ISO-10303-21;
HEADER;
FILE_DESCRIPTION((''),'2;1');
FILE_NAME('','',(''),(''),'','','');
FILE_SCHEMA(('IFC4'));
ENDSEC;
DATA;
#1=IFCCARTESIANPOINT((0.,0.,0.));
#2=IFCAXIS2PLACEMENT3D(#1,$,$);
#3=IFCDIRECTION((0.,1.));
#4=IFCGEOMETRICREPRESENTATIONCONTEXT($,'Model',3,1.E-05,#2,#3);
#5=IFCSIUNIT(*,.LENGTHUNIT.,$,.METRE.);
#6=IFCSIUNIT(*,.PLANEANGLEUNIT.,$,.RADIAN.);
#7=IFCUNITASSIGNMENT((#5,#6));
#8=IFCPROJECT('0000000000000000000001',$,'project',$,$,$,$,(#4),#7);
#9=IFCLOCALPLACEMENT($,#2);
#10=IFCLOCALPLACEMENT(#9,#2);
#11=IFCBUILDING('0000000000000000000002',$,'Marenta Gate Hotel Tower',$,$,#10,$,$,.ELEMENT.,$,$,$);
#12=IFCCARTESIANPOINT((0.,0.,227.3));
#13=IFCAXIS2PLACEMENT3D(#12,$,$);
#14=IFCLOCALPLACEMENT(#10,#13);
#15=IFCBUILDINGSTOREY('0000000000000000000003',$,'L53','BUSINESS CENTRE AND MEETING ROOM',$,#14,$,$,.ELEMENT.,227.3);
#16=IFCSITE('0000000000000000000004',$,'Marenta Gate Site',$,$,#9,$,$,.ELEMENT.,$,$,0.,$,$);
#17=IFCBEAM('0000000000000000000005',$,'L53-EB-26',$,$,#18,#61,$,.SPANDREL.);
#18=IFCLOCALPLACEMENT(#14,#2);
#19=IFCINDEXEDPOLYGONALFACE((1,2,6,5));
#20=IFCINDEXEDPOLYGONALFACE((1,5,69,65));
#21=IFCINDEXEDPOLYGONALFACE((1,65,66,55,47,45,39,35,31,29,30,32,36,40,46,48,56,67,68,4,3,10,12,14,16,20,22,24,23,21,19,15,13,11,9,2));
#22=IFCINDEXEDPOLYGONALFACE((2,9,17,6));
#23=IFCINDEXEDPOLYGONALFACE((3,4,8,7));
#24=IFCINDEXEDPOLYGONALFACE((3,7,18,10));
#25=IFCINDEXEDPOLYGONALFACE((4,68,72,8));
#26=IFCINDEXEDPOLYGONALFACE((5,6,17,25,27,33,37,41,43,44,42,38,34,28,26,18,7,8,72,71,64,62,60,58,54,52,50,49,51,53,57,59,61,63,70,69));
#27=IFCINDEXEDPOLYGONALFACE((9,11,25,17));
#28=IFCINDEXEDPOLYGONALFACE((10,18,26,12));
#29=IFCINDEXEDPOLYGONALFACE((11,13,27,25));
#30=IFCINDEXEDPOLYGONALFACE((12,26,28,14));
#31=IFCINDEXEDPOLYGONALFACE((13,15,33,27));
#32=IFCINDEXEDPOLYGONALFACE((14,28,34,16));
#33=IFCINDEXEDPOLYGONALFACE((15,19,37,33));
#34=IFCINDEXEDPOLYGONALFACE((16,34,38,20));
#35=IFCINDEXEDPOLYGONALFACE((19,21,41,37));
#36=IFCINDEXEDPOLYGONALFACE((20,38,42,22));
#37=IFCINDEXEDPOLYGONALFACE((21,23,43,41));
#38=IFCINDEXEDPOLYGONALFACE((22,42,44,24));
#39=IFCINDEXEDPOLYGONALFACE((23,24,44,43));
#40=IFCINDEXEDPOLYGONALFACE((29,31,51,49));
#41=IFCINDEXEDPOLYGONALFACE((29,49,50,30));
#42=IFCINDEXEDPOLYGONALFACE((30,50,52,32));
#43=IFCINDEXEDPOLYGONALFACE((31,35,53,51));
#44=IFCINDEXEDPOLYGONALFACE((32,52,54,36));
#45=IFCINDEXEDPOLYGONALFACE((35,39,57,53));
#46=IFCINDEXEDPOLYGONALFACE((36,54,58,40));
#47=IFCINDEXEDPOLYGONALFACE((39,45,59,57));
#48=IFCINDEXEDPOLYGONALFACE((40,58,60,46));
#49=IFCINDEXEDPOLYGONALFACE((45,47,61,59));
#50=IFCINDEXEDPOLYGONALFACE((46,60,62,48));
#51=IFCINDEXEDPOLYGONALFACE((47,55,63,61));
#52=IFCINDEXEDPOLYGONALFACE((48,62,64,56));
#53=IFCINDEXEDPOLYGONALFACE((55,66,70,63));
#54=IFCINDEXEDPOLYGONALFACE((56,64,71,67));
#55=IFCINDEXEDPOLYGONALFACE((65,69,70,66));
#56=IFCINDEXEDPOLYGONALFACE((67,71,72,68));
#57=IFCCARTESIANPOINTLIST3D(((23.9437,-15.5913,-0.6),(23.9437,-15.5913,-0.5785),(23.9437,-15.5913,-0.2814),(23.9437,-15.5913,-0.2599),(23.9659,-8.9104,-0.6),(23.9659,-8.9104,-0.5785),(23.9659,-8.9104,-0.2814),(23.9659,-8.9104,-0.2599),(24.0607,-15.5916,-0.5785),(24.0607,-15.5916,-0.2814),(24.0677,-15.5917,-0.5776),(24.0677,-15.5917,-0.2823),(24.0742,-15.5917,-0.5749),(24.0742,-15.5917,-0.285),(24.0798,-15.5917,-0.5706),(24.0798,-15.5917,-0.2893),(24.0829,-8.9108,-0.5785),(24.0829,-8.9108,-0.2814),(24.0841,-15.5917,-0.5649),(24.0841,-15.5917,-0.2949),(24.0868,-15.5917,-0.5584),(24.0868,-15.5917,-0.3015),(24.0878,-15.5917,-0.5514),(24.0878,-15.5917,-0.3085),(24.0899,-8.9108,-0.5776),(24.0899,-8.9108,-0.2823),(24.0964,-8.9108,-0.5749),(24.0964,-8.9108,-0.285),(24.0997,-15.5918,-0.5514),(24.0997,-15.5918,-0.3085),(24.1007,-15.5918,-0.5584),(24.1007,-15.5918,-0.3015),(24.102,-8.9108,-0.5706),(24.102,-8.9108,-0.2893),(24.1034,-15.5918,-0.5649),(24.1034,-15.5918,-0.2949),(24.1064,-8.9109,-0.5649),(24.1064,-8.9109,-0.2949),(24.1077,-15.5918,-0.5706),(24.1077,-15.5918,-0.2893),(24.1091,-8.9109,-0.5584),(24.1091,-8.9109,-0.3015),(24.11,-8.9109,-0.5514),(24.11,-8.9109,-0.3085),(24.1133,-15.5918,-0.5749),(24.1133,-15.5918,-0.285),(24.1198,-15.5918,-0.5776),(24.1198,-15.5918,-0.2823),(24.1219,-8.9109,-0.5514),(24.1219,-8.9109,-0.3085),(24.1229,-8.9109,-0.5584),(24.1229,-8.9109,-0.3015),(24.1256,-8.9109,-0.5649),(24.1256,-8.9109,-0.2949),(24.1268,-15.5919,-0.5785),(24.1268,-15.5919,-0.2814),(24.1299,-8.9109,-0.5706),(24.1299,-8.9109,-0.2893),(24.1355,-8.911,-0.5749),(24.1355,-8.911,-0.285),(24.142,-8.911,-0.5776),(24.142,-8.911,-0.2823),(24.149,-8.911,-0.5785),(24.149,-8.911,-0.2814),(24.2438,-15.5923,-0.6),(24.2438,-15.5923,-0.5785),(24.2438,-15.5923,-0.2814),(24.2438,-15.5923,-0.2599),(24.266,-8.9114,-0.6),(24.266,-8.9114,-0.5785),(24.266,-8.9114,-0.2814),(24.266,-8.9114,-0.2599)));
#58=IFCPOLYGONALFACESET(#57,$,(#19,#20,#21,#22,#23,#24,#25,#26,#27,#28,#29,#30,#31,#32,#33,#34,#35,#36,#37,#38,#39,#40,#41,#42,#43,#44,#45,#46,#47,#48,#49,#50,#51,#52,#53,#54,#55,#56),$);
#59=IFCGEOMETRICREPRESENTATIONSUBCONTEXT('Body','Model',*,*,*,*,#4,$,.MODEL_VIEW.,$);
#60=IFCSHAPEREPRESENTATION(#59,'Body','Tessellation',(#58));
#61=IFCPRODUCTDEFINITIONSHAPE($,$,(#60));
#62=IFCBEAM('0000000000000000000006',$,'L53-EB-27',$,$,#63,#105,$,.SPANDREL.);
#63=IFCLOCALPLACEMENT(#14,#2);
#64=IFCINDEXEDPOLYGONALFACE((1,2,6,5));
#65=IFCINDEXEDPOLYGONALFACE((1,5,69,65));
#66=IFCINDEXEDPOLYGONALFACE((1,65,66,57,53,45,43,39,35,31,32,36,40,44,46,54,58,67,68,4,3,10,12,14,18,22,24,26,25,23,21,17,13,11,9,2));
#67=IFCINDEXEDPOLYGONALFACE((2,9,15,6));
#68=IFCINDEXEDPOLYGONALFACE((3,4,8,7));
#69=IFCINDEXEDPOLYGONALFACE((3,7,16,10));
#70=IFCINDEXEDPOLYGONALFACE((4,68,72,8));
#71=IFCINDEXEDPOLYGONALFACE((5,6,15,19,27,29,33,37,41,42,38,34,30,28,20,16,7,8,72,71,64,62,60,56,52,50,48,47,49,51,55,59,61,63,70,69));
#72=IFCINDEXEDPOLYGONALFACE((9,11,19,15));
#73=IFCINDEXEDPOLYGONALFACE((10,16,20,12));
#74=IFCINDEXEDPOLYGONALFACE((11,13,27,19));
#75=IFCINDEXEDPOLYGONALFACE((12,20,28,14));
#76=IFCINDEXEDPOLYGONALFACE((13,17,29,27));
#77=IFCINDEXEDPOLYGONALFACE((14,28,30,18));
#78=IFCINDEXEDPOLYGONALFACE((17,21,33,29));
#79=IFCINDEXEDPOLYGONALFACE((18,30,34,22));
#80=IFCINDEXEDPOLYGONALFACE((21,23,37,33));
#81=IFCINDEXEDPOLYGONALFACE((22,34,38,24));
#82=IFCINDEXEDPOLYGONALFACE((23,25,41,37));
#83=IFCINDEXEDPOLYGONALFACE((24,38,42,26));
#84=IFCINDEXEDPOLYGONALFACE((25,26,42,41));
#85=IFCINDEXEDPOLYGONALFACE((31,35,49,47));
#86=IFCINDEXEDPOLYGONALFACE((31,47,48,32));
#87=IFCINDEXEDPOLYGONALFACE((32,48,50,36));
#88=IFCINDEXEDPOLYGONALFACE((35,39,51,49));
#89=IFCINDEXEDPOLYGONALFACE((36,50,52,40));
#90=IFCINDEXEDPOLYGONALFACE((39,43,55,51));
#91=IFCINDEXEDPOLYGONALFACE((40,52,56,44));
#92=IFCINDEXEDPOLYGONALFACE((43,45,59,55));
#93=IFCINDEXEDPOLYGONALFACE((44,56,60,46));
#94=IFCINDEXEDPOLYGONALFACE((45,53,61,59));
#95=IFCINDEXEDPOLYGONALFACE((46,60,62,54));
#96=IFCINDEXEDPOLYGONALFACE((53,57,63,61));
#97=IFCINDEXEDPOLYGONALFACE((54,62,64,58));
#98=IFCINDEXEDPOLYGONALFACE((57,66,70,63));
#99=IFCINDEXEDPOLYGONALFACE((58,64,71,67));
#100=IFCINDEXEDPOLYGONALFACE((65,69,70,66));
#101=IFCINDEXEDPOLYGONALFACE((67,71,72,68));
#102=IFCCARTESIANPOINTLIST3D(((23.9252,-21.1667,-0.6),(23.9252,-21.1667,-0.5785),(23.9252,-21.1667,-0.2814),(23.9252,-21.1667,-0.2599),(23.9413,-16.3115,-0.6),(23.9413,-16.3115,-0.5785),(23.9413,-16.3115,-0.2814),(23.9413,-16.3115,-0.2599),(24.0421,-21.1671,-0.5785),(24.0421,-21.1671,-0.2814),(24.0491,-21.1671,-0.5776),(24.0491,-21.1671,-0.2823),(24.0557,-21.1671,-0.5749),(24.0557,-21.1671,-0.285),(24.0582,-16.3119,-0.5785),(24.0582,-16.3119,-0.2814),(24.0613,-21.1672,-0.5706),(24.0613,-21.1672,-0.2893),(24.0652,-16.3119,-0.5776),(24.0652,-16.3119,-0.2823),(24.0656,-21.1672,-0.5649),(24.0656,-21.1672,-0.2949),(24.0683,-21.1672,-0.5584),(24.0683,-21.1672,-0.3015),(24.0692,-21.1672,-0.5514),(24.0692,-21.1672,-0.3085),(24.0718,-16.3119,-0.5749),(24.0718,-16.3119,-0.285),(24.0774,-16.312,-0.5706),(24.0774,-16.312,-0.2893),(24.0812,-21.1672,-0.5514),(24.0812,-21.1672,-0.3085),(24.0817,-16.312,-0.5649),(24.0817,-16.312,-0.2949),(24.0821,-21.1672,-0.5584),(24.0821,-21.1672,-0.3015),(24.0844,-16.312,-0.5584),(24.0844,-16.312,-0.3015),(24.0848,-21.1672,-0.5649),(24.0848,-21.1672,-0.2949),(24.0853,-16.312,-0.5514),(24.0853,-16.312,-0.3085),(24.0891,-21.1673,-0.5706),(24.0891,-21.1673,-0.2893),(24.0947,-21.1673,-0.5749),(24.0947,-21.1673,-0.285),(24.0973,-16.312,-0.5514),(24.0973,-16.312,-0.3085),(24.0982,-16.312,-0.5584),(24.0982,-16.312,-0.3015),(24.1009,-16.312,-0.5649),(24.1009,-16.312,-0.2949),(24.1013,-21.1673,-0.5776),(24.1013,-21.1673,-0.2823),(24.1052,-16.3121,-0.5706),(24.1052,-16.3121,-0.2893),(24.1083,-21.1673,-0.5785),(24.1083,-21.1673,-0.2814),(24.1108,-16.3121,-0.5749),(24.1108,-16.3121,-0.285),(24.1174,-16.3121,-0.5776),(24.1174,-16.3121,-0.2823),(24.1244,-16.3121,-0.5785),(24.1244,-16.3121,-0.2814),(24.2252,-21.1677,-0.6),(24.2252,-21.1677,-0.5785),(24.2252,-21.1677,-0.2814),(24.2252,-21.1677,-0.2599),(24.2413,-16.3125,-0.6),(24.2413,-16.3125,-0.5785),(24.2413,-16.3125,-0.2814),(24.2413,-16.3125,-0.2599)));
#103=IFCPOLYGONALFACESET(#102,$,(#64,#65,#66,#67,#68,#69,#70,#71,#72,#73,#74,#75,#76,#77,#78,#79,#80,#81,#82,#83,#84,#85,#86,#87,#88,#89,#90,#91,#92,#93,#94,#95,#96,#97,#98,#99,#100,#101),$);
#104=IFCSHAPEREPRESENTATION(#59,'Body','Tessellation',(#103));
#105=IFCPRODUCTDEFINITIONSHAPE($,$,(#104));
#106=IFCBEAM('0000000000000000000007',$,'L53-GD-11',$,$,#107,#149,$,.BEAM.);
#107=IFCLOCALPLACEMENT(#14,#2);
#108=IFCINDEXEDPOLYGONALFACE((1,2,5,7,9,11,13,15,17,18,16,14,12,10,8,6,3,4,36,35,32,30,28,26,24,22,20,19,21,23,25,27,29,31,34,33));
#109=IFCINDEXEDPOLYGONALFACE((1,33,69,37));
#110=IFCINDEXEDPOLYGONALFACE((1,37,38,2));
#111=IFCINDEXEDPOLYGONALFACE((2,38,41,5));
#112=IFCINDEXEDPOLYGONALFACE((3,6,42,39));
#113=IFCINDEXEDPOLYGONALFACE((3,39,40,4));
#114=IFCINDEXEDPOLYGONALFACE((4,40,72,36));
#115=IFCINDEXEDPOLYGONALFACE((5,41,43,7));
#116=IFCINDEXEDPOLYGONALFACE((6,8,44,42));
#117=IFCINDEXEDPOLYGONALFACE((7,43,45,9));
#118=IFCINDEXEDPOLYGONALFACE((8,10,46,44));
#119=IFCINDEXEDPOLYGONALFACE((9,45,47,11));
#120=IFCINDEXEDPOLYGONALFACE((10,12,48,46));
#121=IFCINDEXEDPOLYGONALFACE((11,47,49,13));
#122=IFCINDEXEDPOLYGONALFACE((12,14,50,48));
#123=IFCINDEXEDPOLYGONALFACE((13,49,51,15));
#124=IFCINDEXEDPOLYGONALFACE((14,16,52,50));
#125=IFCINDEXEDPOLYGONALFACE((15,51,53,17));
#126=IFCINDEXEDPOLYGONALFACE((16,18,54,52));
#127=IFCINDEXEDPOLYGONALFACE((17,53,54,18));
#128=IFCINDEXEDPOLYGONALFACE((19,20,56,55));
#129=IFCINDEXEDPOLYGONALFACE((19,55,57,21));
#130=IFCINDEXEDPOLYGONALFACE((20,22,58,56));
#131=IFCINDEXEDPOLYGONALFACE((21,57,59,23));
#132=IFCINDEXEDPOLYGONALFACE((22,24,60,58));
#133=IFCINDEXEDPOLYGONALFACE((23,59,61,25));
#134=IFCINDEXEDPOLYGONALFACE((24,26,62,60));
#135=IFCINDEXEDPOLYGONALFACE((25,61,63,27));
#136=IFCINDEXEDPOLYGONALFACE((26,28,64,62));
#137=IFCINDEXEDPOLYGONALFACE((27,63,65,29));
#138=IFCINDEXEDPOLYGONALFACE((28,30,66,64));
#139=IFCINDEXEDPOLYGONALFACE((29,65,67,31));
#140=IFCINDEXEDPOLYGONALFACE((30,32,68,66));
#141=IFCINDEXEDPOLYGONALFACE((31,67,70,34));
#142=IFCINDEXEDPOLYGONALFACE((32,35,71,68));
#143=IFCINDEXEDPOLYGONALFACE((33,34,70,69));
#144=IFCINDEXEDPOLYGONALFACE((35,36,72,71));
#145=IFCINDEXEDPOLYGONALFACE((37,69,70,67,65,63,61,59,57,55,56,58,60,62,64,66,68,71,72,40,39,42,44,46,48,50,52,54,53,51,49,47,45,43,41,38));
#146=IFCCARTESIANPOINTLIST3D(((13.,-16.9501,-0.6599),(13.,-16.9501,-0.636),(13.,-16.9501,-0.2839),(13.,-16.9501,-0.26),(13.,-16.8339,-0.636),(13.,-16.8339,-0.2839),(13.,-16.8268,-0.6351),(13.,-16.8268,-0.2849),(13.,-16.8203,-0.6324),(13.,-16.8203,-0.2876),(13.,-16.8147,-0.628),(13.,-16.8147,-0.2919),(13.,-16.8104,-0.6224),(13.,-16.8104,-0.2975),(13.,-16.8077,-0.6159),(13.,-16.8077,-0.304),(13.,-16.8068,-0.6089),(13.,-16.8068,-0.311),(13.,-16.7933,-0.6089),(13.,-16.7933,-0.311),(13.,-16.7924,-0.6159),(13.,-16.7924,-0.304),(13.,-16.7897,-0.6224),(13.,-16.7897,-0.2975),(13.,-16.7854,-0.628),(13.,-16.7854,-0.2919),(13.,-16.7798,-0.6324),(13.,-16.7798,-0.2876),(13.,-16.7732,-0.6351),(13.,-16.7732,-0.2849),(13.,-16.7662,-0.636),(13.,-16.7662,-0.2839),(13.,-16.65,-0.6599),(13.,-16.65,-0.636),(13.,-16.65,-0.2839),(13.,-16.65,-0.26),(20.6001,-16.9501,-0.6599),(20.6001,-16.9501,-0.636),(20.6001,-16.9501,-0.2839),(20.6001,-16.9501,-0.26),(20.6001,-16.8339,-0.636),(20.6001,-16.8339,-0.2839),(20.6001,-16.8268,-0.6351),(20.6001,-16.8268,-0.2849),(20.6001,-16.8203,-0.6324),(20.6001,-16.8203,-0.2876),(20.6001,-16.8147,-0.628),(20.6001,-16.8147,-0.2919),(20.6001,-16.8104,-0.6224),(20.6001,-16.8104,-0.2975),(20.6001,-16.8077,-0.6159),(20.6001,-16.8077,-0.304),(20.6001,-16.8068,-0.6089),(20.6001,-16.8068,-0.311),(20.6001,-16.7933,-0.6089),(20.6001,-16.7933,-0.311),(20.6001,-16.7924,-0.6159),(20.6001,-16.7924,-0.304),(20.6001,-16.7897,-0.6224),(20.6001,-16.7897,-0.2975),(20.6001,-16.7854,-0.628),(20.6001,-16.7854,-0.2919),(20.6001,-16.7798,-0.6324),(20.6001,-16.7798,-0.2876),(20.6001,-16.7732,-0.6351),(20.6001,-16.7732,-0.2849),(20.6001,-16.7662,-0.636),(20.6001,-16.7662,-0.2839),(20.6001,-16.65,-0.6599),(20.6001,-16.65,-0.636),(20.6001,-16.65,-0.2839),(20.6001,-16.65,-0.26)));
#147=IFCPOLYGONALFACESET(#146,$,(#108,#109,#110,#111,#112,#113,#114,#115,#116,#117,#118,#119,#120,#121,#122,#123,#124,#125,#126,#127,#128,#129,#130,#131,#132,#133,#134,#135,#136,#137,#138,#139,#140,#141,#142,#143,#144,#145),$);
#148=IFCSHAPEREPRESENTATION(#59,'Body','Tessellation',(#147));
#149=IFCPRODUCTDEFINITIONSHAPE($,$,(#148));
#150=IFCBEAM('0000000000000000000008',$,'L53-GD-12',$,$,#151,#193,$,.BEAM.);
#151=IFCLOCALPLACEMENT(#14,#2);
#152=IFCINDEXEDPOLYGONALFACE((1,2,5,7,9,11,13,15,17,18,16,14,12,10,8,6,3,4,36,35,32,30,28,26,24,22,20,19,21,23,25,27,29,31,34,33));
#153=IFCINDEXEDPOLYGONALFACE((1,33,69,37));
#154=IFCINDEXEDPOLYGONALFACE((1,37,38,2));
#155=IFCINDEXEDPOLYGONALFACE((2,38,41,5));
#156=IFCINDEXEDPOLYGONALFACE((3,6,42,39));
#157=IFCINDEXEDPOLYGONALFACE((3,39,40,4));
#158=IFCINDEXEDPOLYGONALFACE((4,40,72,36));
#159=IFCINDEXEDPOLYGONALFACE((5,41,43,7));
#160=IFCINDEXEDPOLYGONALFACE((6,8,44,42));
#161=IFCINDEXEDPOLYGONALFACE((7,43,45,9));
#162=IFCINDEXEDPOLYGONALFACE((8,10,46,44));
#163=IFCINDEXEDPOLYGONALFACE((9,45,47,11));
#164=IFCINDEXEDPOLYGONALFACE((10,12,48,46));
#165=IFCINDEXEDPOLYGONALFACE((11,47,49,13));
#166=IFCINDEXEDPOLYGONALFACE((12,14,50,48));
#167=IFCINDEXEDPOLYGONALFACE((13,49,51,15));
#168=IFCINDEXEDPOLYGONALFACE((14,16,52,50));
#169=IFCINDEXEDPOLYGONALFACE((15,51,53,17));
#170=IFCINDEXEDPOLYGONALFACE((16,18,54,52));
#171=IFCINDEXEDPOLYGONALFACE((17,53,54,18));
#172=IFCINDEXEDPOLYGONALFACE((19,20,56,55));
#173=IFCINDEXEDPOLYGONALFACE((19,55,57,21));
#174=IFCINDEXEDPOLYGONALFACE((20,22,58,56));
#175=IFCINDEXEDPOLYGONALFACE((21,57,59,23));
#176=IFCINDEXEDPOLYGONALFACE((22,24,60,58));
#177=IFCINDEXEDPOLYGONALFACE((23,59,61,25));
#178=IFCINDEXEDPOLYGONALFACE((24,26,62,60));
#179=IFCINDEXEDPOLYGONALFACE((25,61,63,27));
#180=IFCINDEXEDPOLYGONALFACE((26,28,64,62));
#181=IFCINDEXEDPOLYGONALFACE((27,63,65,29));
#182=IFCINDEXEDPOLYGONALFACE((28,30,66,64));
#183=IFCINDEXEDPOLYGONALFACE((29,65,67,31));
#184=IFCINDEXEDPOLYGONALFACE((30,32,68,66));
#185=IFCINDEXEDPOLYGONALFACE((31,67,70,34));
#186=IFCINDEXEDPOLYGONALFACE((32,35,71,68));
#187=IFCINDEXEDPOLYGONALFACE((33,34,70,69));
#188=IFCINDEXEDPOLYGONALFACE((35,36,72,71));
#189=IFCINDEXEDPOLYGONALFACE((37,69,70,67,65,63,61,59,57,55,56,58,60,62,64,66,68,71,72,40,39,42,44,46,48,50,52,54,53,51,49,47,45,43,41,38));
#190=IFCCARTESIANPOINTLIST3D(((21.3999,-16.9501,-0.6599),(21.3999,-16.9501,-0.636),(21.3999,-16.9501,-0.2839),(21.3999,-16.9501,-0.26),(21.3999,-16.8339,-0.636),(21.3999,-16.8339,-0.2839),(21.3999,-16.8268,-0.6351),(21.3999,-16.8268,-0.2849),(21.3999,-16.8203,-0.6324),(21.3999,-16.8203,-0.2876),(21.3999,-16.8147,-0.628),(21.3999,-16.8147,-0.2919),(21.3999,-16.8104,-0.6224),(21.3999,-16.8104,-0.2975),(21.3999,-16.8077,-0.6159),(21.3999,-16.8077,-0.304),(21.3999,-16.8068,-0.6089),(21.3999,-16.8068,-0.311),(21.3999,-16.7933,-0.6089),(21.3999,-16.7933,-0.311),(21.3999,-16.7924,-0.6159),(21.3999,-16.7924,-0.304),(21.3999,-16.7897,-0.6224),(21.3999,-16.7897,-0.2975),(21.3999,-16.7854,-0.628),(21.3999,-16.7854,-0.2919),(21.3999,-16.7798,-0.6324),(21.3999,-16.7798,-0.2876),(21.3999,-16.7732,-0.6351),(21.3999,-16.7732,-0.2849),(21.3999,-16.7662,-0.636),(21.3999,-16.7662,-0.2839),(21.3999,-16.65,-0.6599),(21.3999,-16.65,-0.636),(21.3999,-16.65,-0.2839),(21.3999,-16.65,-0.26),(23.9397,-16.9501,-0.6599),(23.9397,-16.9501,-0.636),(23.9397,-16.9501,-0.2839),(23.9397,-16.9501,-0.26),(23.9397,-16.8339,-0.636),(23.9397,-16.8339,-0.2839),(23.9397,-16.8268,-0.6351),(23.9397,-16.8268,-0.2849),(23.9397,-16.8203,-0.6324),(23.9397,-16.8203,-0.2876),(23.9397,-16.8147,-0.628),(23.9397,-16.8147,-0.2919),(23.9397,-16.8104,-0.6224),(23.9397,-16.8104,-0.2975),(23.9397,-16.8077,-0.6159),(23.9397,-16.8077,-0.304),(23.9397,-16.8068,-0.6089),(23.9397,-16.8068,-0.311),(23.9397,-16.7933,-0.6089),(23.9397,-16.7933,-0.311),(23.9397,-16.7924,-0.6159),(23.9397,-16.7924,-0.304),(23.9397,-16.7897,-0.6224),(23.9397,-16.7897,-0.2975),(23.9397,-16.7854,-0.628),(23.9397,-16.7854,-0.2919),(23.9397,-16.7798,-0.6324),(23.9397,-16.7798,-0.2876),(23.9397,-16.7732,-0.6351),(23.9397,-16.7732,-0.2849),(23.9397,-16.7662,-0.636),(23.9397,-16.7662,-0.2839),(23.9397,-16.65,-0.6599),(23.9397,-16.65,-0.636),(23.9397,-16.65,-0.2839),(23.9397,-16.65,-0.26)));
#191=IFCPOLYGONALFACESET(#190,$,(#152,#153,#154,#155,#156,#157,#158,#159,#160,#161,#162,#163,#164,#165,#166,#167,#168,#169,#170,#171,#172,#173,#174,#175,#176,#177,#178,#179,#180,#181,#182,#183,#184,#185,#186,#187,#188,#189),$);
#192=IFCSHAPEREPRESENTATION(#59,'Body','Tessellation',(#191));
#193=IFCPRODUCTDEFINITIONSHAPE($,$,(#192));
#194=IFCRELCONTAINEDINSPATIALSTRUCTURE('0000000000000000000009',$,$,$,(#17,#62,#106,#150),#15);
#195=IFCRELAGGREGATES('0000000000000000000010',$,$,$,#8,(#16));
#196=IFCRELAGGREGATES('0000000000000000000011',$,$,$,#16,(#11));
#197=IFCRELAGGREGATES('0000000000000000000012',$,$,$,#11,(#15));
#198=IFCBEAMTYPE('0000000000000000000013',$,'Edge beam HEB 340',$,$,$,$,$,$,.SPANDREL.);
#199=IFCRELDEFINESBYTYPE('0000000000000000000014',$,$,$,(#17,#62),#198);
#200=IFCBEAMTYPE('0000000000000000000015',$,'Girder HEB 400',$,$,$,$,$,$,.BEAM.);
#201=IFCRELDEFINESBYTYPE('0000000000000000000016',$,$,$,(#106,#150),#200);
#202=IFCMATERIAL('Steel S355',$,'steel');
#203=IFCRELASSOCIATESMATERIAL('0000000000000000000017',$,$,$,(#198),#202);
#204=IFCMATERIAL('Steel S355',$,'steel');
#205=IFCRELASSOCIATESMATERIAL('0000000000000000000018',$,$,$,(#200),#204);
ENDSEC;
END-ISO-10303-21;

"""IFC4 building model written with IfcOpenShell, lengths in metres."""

from ifc_helpers import new_model, si_unit, direction, frame, origin, origin_2d, place, context, subcontext, project, spatial, i_section, extrude, material, material_profile, profile_set, type_object, element, save


model = new_model("IFC4")

# Units and contexts
model_context = context("Model", 3, precision=1e-05, world=origin(), true_north=direction((0.0, 1.0)))
body_context = subcontext(model_context, "Body", "Model", "MODEL_VIEW")
ifc_project = project(units=[si_unit("LENGTHUNIT", "METRE"), si_unit("PLANEANGLEUNIT", "RADIAN")], contexts=[model_context])

# Site, building, storey
site_placement = place(None, origin())
site = spatial("IfcSite", under=ifc_project, at=site_placement, Name="Marenta Gate Site", CompositionType="ELEMENT", RefElevation=0.0)
building_placement = place(site_placement, origin())
building = spatial("IfcBuilding", under=site, at=building_placement, Name="Marenta Gate Hotel Tower", CompositionType="ELEMENT")
storey_placement = place(building_placement, frame((0.0, 0.0, 227.3)))
storey = spatial("IfcBuildingStorey", under=building, at=storey_placement, Name="L53", Description="BUSINESS CENTRE AND MEETING ROOM", CompositionType="ELEMENT", Elevation=227.3)

# Beams
ifc_material_1 = material(Name="Steel S355", Category="steel")
ifc_material_profile_1 = material_profile(ifc_material_1, i_section(OverallWidth=0.3, OverallDepth=0.3401, WebThickness=0.012, FlangeThickness=0.0215, FilletRadius=0.0271, at=origin_2d()), Name="HEB 340")
ifc_profile_set_1 = profile_set([ifc_material_profile_1], Name="Steel S355")
beam_type_1 = type_object("IfcBeamType", Name="Edge beam HEB 340", PredefinedType="SPANDREL", material=ifc_profile_set_1)
beam_1_placement = place(storey_placement, frame((24.116, -8.9109, -0.4299), z_axis=(-0.003325, -0.999994, 0.0), x_axis=(0.999994, -0.003325, 0.0)))
element("IfcBeam", 1, at=beam_1_placement, inside=storey, type_object=beam_type_1, Name="L53-EB-26", PredefinedType="SPANDREL", context=body_context, shape_type="SweptSolid", body=[
    extrude(i_section(OverallWidth=0.3, OverallDepth=0.3401, WebThickness=0.012, FlangeThickness=0.0215, FilletRadius=0.0271, at=origin_2d()), origin(), (0.0, 0.0, 1.0), 6.6809),
])
beam_2_placement = place(storey_placement, frame((24.0913, -16.312, -0.4299), z_axis=(-0.003319, -0.999994, 0.0), x_axis=(0.999994, -0.003319, 0.0)))
element("IfcBeam", 2, at=beam_2_placement, inside=storey, type_object=beam_type_1, Name="L53-EB-27", PredefinedType="SPANDREL", context=body_context, shape_type="SweptSolid", body=[
    extrude(i_section(OverallWidth=0.3, OverallDepth=0.3401, WebThickness=0.012, FlangeThickness=0.0215, FilletRadius=0.0271, at=origin_2d()), origin(), (0.0, 0.0, 1.0), 4.8552),
])
ifc_material_2 = material(Name="Steel S355", Category="steel")
ifc_material_profile_2 = material_profile(ifc_material_2, i_section(OverallWidth=0.3, OverallDepth=0.3999, WebThickness=0.0134, FlangeThickness=0.0239, FilletRadius=0.0271, at=origin_2d()), Name="HEB 400")
ifc_profile_set_2 = profile_set([ifc_material_profile_2], Name="Steel S355")
beam_type_2 = type_object("IfcBeamType", Name="Girder HEB 400", PredefinedType="BEAM", material=ifc_profile_set_2)
beam_3_placement = place(storey_placement, frame((13.0, -16.8, -0.46), z_axis=(1.0, 0.0, 0.0), x_axis=(0.0, 1.0, 0.0)))
element("IfcBeam", 3, at=beam_3_placement, inside=storey, type_object=beam_type_2, Name="L53-GD-11", PredefinedType="BEAM", context=body_context, shape_type="SweptSolid", body=[
    extrude(i_section(OverallWidth=0.3, OverallDepth=0.3999, WebThickness=0.0134, FlangeThickness=0.0239, FilletRadius=0.0271, at=origin_2d()), origin(), (0.0, 0.0, 1.0), 7.6001),
])
beam_4_placement = place(storey_placement, frame((21.3999, -16.8, -0.46), z_axis=(1.0, 0.0, 0.0), x_axis=(0.0, 1.0, 0.0)))
element("IfcBeam", 4, at=beam_4_placement, inside=storey, type_object=beam_type_2, Name="L53-GD-12", PredefinedType="BEAM", context=body_context, shape_type="SweptSolid", body=[
    extrude(i_section(OverallWidth=0.3, OverallDepth=0.3999, WebThickness=0.0134, FlangeThickness=0.0239, FilletRadius=0.0271, at=origin_2d()), origin(), (0.0, 0.0, 1.0), 2.5398),
])

save(model, "model.ifc")
